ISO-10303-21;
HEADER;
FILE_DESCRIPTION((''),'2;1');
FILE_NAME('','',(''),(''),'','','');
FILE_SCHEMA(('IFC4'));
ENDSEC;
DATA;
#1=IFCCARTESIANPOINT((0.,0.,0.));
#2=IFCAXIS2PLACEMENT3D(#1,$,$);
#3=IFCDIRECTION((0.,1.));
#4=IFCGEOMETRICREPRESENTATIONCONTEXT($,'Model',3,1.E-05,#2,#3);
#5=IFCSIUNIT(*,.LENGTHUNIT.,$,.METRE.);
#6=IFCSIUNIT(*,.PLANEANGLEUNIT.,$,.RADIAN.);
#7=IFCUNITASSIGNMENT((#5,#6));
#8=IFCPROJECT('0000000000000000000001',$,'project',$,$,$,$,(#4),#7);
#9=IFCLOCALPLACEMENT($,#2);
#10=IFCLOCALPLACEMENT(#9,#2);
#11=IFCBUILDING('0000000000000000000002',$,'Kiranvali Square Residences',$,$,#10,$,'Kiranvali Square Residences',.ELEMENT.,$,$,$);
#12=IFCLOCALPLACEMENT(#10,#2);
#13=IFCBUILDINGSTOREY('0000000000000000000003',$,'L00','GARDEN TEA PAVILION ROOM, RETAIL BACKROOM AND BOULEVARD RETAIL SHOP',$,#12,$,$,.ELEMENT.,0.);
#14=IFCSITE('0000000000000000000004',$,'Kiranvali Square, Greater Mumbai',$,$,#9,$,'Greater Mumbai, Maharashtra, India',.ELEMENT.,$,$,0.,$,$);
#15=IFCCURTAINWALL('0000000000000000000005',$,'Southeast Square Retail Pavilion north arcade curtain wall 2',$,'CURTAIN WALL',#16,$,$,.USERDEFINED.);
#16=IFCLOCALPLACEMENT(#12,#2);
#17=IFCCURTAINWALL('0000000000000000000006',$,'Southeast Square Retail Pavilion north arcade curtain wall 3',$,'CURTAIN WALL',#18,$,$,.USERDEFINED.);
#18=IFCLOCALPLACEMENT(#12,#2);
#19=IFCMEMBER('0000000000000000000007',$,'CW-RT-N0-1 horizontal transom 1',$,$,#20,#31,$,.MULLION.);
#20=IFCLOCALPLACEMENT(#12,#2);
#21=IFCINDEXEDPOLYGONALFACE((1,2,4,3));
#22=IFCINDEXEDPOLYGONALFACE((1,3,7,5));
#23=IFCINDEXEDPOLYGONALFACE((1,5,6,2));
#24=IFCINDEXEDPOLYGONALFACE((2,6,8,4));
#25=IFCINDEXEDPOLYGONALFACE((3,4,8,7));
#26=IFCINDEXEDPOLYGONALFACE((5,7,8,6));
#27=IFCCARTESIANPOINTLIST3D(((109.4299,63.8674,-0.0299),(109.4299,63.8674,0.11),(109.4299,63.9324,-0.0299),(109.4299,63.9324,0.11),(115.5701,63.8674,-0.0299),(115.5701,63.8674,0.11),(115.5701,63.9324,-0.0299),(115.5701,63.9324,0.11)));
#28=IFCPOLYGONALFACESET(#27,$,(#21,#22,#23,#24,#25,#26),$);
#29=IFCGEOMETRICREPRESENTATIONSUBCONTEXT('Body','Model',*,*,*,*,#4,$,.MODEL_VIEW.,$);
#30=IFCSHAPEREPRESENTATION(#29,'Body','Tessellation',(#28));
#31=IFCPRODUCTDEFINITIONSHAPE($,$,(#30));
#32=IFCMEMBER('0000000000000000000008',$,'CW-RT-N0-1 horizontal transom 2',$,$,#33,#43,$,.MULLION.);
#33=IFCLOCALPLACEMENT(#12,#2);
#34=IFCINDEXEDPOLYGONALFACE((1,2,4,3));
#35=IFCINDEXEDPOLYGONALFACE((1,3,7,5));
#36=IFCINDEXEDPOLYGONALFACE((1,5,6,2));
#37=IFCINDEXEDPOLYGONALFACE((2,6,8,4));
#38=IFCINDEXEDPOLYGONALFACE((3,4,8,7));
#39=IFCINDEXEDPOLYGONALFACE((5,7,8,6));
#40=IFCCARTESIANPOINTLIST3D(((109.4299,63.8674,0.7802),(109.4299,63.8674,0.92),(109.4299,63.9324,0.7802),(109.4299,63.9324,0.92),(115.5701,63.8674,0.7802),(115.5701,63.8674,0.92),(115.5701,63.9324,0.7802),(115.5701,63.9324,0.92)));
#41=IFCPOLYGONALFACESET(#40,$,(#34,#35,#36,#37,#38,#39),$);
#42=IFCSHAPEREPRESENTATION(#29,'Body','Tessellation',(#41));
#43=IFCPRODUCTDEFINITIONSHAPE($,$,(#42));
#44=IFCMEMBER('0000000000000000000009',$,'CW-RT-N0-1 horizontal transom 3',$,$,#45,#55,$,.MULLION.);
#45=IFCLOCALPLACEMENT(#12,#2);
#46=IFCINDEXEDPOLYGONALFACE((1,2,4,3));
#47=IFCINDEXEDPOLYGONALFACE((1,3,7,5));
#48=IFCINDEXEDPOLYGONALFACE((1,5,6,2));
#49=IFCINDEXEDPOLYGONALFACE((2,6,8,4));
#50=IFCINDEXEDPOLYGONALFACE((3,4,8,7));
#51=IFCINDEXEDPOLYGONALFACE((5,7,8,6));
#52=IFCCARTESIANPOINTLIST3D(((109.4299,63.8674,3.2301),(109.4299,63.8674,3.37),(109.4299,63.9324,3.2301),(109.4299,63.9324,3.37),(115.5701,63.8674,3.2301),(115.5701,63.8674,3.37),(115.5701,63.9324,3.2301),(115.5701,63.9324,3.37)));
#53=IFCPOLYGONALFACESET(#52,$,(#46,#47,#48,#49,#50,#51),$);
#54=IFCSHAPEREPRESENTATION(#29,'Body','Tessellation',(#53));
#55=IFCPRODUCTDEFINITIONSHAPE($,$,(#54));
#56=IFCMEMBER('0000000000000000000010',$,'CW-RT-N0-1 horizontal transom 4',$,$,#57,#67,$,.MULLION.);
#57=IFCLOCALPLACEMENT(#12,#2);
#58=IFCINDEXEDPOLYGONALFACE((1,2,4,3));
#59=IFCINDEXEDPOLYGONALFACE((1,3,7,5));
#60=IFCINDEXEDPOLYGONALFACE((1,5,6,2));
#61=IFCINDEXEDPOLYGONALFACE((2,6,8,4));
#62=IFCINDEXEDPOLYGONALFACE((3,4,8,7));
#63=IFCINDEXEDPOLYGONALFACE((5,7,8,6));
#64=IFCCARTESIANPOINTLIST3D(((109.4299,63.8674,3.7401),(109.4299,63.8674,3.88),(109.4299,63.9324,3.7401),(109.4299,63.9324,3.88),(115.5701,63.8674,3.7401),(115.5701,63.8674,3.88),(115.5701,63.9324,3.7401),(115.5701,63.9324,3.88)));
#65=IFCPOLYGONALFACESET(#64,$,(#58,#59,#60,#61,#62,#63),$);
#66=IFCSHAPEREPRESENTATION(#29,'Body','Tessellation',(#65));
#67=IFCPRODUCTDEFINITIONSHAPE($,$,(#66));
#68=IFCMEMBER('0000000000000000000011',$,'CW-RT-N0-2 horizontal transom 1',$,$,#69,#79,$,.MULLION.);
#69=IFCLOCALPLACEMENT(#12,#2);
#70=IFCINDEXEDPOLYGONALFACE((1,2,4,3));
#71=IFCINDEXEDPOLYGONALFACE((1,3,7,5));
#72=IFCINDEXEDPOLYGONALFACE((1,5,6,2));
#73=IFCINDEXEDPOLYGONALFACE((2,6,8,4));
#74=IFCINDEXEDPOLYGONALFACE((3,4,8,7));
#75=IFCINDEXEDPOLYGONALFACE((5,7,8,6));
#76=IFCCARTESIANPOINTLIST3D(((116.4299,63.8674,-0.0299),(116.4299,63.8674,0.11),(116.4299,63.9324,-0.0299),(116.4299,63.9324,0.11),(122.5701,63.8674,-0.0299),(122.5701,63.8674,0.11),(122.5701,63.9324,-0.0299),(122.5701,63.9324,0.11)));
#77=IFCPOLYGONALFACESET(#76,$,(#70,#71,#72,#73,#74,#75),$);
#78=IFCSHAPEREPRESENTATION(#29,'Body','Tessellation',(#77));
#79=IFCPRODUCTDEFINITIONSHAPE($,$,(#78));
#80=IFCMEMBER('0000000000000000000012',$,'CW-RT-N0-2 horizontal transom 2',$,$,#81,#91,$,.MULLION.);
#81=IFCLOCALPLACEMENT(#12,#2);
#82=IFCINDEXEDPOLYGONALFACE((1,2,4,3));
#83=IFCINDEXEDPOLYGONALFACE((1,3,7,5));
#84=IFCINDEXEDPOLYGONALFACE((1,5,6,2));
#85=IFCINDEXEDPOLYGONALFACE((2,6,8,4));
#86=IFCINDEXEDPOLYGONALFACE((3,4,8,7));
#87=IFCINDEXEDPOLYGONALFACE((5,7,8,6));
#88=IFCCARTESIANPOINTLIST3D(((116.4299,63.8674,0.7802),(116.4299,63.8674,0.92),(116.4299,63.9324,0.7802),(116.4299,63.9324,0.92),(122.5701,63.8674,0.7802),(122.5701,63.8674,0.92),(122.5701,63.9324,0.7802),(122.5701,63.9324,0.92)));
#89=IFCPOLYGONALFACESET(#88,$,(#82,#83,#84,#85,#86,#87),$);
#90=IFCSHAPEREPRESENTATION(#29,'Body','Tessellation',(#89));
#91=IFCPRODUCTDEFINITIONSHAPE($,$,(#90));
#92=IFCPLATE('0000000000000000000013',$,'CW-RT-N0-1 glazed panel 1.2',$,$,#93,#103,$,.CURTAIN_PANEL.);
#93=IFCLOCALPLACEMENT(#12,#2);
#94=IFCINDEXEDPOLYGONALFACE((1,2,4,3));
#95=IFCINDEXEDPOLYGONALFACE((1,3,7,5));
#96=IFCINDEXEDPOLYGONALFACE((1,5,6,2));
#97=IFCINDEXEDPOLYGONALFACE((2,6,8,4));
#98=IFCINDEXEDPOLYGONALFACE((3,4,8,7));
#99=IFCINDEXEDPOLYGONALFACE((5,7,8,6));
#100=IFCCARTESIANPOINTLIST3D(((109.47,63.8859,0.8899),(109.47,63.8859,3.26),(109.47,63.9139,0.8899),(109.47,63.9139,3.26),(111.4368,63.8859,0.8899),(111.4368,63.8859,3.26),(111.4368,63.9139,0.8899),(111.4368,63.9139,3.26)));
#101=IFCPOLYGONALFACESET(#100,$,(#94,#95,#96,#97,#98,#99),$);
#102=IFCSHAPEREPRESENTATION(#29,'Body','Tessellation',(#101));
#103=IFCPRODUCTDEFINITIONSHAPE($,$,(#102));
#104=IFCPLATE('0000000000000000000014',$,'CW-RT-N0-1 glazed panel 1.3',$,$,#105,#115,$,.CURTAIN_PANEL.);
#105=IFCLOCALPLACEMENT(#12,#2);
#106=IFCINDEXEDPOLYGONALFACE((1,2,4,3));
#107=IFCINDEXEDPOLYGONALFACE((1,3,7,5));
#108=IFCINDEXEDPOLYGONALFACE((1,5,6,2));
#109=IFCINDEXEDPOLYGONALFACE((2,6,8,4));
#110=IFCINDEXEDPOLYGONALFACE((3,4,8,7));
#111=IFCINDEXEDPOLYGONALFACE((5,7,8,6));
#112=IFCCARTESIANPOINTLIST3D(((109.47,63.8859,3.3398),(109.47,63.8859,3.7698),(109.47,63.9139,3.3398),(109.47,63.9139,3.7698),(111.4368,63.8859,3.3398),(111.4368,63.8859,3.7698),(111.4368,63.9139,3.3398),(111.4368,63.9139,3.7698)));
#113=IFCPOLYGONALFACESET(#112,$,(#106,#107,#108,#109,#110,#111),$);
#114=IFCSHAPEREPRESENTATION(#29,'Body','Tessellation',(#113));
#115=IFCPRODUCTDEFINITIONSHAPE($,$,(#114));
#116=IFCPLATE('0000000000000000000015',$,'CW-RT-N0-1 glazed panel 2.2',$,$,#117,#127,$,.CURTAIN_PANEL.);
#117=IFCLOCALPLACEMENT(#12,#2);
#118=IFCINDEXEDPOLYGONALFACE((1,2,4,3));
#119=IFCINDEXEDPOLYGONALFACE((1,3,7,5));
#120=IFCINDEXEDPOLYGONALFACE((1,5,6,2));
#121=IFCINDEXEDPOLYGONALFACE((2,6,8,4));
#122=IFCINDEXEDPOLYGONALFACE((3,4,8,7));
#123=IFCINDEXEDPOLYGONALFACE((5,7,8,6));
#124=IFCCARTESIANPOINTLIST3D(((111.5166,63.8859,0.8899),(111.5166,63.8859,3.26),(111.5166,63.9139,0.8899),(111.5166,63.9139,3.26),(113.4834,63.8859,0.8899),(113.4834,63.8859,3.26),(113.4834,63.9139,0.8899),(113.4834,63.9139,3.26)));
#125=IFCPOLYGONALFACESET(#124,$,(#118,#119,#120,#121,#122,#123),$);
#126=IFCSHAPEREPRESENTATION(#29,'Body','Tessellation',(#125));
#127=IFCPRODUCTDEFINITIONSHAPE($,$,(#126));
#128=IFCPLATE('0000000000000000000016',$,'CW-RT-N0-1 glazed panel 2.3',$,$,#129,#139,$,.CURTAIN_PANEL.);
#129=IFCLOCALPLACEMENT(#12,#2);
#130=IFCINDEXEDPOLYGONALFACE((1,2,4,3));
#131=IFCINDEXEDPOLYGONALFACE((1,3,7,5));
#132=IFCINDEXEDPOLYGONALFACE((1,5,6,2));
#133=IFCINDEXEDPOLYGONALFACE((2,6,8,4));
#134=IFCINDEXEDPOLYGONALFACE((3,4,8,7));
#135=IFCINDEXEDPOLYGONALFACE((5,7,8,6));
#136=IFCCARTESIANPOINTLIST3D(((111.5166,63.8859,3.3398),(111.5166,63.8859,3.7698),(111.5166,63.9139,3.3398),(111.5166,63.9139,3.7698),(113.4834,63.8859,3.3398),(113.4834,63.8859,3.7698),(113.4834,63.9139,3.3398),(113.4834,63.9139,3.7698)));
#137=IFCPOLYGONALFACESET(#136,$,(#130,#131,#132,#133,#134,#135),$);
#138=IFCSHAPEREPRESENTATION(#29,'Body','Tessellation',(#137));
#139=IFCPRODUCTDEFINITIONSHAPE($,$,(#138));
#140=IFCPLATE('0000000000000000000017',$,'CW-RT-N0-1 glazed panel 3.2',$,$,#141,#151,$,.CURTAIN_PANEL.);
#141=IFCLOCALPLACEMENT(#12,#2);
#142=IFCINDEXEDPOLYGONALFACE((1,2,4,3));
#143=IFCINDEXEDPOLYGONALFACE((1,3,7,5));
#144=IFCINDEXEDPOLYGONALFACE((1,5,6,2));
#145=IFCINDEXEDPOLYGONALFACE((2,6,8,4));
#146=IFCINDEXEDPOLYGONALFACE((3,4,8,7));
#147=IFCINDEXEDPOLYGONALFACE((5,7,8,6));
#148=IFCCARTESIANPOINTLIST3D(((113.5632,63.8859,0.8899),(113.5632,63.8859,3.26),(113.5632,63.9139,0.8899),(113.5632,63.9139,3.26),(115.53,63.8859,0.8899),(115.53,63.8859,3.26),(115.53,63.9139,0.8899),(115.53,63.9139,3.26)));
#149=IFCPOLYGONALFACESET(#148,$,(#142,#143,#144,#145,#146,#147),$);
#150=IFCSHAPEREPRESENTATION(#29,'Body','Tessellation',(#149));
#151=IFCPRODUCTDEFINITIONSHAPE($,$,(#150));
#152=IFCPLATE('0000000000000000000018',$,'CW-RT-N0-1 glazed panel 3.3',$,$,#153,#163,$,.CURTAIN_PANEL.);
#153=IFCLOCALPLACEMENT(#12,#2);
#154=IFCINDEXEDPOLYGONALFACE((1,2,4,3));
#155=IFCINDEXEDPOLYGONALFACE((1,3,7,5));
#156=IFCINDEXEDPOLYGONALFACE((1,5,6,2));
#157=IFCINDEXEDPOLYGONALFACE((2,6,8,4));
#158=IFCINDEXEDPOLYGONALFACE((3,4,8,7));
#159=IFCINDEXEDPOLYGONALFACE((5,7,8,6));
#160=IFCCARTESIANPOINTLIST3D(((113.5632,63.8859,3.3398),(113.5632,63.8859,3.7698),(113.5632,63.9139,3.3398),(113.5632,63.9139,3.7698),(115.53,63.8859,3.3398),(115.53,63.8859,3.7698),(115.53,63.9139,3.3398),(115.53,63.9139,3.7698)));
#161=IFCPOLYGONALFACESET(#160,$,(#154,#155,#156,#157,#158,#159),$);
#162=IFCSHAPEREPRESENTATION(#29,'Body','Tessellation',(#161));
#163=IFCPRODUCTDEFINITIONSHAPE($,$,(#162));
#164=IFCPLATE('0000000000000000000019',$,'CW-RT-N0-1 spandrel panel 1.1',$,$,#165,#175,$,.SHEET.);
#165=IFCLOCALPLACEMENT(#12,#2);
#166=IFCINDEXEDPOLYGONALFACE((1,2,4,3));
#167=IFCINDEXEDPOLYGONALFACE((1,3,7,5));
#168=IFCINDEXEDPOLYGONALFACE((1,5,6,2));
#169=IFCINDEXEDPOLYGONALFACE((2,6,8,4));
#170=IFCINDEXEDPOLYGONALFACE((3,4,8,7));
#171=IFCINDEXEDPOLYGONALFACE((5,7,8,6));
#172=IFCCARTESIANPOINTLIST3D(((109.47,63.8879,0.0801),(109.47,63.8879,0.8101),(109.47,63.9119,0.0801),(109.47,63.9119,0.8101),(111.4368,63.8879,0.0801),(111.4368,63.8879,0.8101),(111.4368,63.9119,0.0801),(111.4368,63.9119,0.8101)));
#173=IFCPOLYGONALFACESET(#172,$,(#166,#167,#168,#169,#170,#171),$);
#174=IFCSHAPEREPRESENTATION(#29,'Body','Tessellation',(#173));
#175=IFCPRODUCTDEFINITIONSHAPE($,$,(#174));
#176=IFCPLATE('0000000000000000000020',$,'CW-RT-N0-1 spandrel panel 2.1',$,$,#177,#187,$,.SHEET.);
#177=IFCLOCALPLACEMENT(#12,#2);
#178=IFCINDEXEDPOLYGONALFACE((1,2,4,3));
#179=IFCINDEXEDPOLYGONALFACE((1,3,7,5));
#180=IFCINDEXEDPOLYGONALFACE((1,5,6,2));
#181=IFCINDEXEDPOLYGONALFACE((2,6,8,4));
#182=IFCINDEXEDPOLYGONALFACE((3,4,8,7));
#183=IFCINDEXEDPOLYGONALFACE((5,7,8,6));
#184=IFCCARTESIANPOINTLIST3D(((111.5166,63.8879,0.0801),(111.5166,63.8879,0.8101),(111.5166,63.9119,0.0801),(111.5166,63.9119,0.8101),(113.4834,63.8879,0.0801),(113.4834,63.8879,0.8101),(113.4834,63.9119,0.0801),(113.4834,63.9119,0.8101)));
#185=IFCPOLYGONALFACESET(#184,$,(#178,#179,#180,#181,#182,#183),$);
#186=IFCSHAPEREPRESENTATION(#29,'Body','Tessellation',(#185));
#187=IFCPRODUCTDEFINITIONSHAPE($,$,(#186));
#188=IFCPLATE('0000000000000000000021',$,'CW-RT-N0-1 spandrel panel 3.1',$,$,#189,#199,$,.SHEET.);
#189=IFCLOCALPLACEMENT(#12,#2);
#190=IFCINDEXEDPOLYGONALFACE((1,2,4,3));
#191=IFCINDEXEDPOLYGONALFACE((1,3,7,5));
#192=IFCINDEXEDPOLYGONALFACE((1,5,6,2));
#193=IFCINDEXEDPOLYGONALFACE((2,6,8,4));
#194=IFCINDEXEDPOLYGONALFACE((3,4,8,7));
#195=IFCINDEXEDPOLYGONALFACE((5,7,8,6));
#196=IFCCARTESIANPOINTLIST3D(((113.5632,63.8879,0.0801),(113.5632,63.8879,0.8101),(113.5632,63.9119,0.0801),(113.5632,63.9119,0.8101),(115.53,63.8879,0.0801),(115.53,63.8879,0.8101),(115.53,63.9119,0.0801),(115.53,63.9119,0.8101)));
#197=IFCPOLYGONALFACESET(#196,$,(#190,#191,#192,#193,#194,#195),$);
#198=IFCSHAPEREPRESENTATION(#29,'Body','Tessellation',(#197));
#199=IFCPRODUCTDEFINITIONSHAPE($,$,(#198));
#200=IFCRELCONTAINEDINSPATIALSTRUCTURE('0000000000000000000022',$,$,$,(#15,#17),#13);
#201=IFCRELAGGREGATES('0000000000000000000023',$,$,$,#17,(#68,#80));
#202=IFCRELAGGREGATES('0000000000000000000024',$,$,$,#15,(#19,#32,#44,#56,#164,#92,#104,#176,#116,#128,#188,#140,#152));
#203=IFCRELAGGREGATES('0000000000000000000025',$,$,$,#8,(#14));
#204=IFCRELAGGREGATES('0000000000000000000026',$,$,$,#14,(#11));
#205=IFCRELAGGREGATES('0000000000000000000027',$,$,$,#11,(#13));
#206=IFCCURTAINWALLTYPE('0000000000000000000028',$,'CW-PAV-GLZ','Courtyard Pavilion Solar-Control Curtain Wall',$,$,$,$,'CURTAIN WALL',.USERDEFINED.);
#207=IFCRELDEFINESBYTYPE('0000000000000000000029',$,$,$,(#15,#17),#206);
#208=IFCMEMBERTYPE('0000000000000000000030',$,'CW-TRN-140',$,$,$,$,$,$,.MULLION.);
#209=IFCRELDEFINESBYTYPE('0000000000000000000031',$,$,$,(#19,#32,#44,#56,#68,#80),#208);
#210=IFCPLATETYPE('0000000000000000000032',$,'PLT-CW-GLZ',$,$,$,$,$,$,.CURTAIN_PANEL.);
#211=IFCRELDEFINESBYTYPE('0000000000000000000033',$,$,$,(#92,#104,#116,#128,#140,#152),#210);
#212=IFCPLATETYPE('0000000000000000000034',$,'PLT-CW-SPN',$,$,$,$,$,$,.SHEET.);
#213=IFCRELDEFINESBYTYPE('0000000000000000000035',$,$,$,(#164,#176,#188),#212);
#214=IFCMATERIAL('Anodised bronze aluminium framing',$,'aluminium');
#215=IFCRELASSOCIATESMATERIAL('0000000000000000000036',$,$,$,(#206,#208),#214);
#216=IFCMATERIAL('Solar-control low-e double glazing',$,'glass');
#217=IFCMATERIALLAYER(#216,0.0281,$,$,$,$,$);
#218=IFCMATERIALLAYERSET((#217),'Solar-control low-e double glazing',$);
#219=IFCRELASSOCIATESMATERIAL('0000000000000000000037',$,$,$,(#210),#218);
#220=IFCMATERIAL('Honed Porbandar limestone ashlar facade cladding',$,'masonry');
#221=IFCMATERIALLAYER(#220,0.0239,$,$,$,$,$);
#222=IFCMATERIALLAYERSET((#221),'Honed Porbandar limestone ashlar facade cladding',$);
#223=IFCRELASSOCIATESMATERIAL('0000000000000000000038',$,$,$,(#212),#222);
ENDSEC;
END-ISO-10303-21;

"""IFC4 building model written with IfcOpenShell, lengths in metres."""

from ifc_helpers import new_model, si_unit, direction, frame, origin, origin_2d, place, context, subcontext, project, spatial, rectangle, extrude, material, layer, layer_set, material_profile, profile_set, type_object, element, aggregate, save


model = new_model("IFC4")

# Units and contexts
model_context = context("Model", 3, precision=1e-05, world=origin(), true_north=direction((0.0, 1.0)))
body_context = subcontext(model_context, "Body", "Model", "MODEL_VIEW")
ifc_project = project(units=[si_unit("LENGTHUNIT", "METRE"), si_unit("PLANEANGLEUNIT", "RADIAN")], contexts=[model_context])

# Site, building, storey
site_placement = place(None, origin())
site = spatial("IfcSite", under=ifc_project, at=site_placement, Name="Kiranvali Square, Greater Mumbai", LongName="Greater Mumbai, Maharashtra, India", CompositionType="ELEMENT", RefElevation=0.0)
building_placement = place(site_placement, origin())
building = spatial("IfcBuilding", under=site, at=building_placement, Name="Kiranvali Square Residences", LongName="Kiranvali Square Residences", CompositionType="ELEMENT")
storey_placement = place(building_placement, origin())
storey = spatial("IfcBuildingStorey", under=building, at=storey_placement, Name="L00", Description="GARDEN TEA PAVILION ROOM, RETAIL BACKROOM AND BOULEVARD RETAIL SHOP", CompositionType="ELEMENT", Elevation=0.0)

# Curtain wall
ifc_material_1 = material(Name="Anodised bronze aluminium framing", Category="aluminium")
curtain_wall_type = type_object("IfcCurtainWallType", Name="CW-PAV-GLZ", Description="Courtyard Pavilion Solar-Control Curtain Wall", ElementType="CURTAIN WALL", PredefinedType="USERDEFINED", material=ifc_material_1)
curtain_wall_1_placement = place(storey_placement, origin())
curtain_wall_1 = element("IfcCurtainWall", 1, at=curtain_wall_1_placement, inside=storey, type_object=curtain_wall_type, Name="Southeast Square Retail Pavilion north arcade curtain wall 2", ObjectType="CURTAIN WALL", PredefinedType="USERDEFINED")

# Curtain wall
curtain_wall_2_placement = place(storey_placement, origin())
curtain_wall_2 = element("IfcCurtainWall", 2, at=curtain_wall_2_placement, inside=storey, type_object=curtain_wall_type, Name="Southeast Square Retail Pavilion north arcade curtain wall 3", ObjectType="CURTAIN WALL", PredefinedType="USERDEFINED")

# Members
ifc_material_profile_1 = material_profile(ifc_material_1, rectangle(XDim=0.0649, YDim=0.1399, at=origin_2d()), Name="ALU 65x140")
ifc_profile_set_1 = profile_set([ifc_material_profile_1], Name="Anodised bronze aluminium framing")
member_type_1 = type_object("IfcMemberType", Name="CW-TRN-140", PredefinedType="MULLION", material=ifc_profile_set_1)
member_1_placement = place(storey_placement, frame((109.4299, 63.8999, 0.04), z_axis=(1.0, 0.0, 0.0), x_axis=(0.0, 1.0, 0.0)))
member_1 = element("IfcMember", 3, at=member_1_placement, type_object=member_type_1, Name="CW-RT-N0-1 horizontal transom 1", PredefinedType="MULLION", context=body_context, shape_type="SweptSolid", body=[
    extrude(rectangle(XDim=0.0649, YDim=0.1399, at=origin_2d()), origin(), (0.0, 0.0, 1.0), 6.1401),
])
member_2_placement = place(storey_placement, frame((109.4299, 63.8999, 0.8501), z_axis=(1.0, 0.0, 0.0), x_axis=(0.0, 1.0, 0.0)))
member_2 = element("IfcMember", 4, at=member_2_placement, type_object=member_type_1, Name="CW-RT-N0-1 horizontal transom 2", PredefinedType="MULLION", context=body_context, shape_type="SweptSolid", body=[
    extrude(rectangle(XDim=0.0649, YDim=0.1399, at=origin_2d()), origin(), (0.0, 0.0, 1.0), 6.1401),
])
member_3_placement = place(storey_placement, frame((109.4299, 63.8999, 3.3), z_axis=(1.0, 0.0, 0.0), x_axis=(0.0, 1.0, 0.0)))
member_3 = element("IfcMember", 5, at=member_3_placement, type_object=member_type_1, Name="CW-RT-N0-1 horizontal transom 3", PredefinedType="MULLION", context=body_context, shape_type="SweptSolid", body=[
    extrude(rectangle(XDim=0.0649, YDim=0.1399, at=origin_2d()), origin(), (0.0, 0.0, 1.0), 6.1401),
])
member_4_placement = place(storey_placement, frame((109.4299, 63.8999, 3.8101), z_axis=(1.0, 0.0, 0.0), x_axis=(0.0, 1.0, 0.0)))
member_4 = element("IfcMember", 6, at=member_4_placement, type_object=member_type_1, Name="CW-RT-N0-1 horizontal transom 4", PredefinedType="MULLION", context=body_context, shape_type="SweptSolid", body=[
    extrude(rectangle(XDim=0.0649, YDim=0.1399, at=origin_2d()), origin(), (0.0, 0.0, 1.0), 6.1401),
])
member_5_placement = place(storey_placement, frame((116.4299, 63.8999, 0.04), z_axis=(1.0, 0.0, 0.0), x_axis=(0.0, 1.0, 0.0)))
member_5 = element("IfcMember", 7, at=member_5_placement, type_object=member_type_1, Name="CW-RT-N0-2 horizontal transom 1", PredefinedType="MULLION", context=body_context, shape_type="SweptSolid", body=[
    extrude(rectangle(XDim=0.0649, YDim=0.1399, at=origin_2d()), origin(), (0.0, 0.0, 1.0), 6.1401),
])
member_6_placement = place(storey_placement, frame((116.4299, 63.8999, 0.8501), z_axis=(1.0, 0.0, 0.0), x_axis=(0.0, 1.0, 0.0)))
member_6 = element("IfcMember", 8, at=member_6_placement, type_object=member_type_1, Name="CW-RT-N0-2 horizontal transom 2", PredefinedType="MULLION", context=body_context, shape_type="SweptSolid", body=[
    extrude(rectangle(XDim=0.0649, YDim=0.1399, at=origin_2d()), origin(), (0.0, 0.0, 1.0), 6.1401),
])
aggregate(curtain_wall_2, [member_5, member_6])

# Plates
ifc_material_2 = material(Name="Solar-control low-e double glazing", Category="glass")
ifc_layer_1 = layer(ifc_material_2, 0.0281)
ifc_layer_set_1 = layer_set([ifc_layer_1], Name="Solar-control low-e double glazing")
plate_type_1 = type_object("IfcPlateType", Name="PLT-CW-GLZ", PredefinedType="CURTAIN_PANEL", material=ifc_layer_set_1)
plate_1_placement = place(storey_placement, frame((110.4534, 63.8999, 0.8899), z_axis=(0.0, 0.0, 1.0), x_axis=(1.0, 0.0, 0.0)))
plate_1 = element("IfcPlate", 9, at=plate_1_placement, type_object=plate_type_1, Name="CW-RT-N0-1 glazed panel 1.2", PredefinedType="CURTAIN_PANEL", context=body_context, shape_type="SweptSolid", body=[
    extrude(rectangle(XDim=1.9668, YDim=0.0281, at=origin_2d()), origin(), (0.0, 0.0, 1.0), 2.3701),
])
plate_2_placement = place(storey_placement, frame((110.4534, 63.8999, 3.3398), z_axis=(0.0, 0.0, 1.0), x_axis=(1.0, 0.0, 0.0)))
plate_2 = element("IfcPlate", 10, at=plate_2_placement, type_object=plate_type_1, Name="CW-RT-N0-1 glazed panel 1.3", PredefinedType="CURTAIN_PANEL", context=body_context, shape_type="SweptSolid", body=[
    extrude(rectangle(XDim=1.9668, YDim=0.0281, at=origin_2d()), origin(), (0.0, 0.0, 1.0), 0.4299),
])
plate_3_placement = place(storey_placement, frame((112.5, 63.8999, 0.8899), z_axis=(0.0, 0.0, 1.0), x_axis=(1.0, 0.0, 0.0)))
plate_3 = element("IfcPlate", 11, at=plate_3_placement, type_object=plate_type_1, Name="CW-RT-N0-1 glazed panel 2.2", PredefinedType="CURTAIN_PANEL", context=body_context, shape_type="SweptSolid", body=[
    extrude(rectangle(XDim=1.9668, YDim=0.0281, at=origin_2d()), origin(), (0.0, 0.0, 1.0), 2.3701),
])
plate_4_placement = place(storey_placement, frame((112.5, 63.8999, 3.3398), z_axis=(0.0, 0.0, 1.0), x_axis=(1.0, 0.0, 0.0)))
plate_4 = element("IfcPlate", 12, at=plate_4_placement, type_object=plate_type_1, Name="CW-RT-N0-1 glazed panel 2.3", PredefinedType="CURTAIN_PANEL", context=body_context, shape_type="SweptSolid", body=[
    extrude(rectangle(XDim=1.9668, YDim=0.0281, at=origin_2d()), origin(), (0.0, 0.0, 1.0), 0.4299),
])
plate_5_placement = place(storey_placement, frame((114.5466, 63.8999, 0.8899), z_axis=(0.0, 0.0, 1.0), x_axis=(1.0, 0.0, 0.0)))
plate_5 = element("IfcPlate", 13, at=plate_5_placement, type_object=plate_type_1, Name="CW-RT-N0-1 glazed panel 3.2", PredefinedType="CURTAIN_PANEL", context=body_context, shape_type="SweptSolid", body=[
    extrude(rectangle(XDim=1.9668, YDim=0.0281, at=origin_2d()), origin(), (0.0, 0.0, 1.0), 2.3701),
])
plate_6_placement = place(storey_placement, frame((114.5466, 63.8999, 3.3398), z_axis=(0.0, 0.0, 1.0), x_axis=(1.0, 0.0, 0.0)))
plate_6 = element("IfcPlate", 14, at=plate_6_placement, type_object=plate_type_1, Name="CW-RT-N0-1 glazed panel 3.3", PredefinedType="CURTAIN_PANEL", context=body_context, shape_type="SweptSolid", body=[
    extrude(rectangle(XDim=1.9668, YDim=0.0281, at=origin_2d()), origin(), (0.0, 0.0, 1.0), 0.4299),
])
ifc_material_3 = material(Name="Honed Porbandar limestone ashlar facade cladding", Category="masonry")
ifc_layer_2 = layer(ifc_material_3, 0.0239)
ifc_layer_set_2 = layer_set([ifc_layer_2], Name="Honed Porbandar limestone ashlar facade cladding")
plate_type_2 = type_object("IfcPlateType", Name="PLT-CW-SPN", PredefinedType="SHEET", material=ifc_layer_set_2)
plate_7_placement = place(storey_placement, frame((110.4534, 63.8999, 0.0801), z_axis=(0.0, 0.0, 1.0), x_axis=(1.0, 0.0, 0.0)))
plate_7 = element("IfcPlate", 15, at=plate_7_placement, type_object=plate_type_2, Name="CW-RT-N0-1 spandrel panel 1.1", PredefinedType="SHEET", context=body_context, shape_type="SweptSolid", body=[
    extrude(rectangle(XDim=1.9668, YDim=0.0239, at=origin_2d()), origin(), (0.0, 0.0, 1.0), 0.73),
])
plate_8_placement = place(storey_placement, frame((112.5, 63.8999, 0.0801), z_axis=(0.0, 0.0, 1.0), x_axis=(1.0, 0.0, 0.0)))
plate_8 = element("IfcPlate", 16, at=plate_8_placement, type_object=plate_type_2, Name="CW-RT-N0-1 spandrel panel 2.1", PredefinedType="SHEET", context=body_context, shape_type="SweptSolid", body=[
    extrude(rectangle(XDim=1.9668, YDim=0.0239, at=origin_2d()), origin(), (0.0, 0.0, 1.0), 0.73),
])
plate_9_placement = place(storey_placement, frame((114.5466, 63.8999, 0.0801), z_axis=(0.0, 0.0, 1.0), x_axis=(1.0, 0.0, 0.0)))
plate_9 = element("IfcPlate", 17, at=plate_9_placement, type_object=plate_type_2, Name="CW-RT-N0-1 spandrel panel 3.1", PredefinedType="SHEET", context=body_context, shape_type="SweptSolid", body=[
    extrude(rectangle(XDim=1.9668, YDim=0.0239, at=origin_2d()), origin(), (0.0, 0.0, 1.0), 0.73),
])
aggregate(curtain_wall_1, [member_1, member_2, member_3, member_4, plate_7, plate_1, plate_2, plate_8, plate_3, plate_4, plate_9, plate_5, plate_6])

save(model, "model.ifc")
